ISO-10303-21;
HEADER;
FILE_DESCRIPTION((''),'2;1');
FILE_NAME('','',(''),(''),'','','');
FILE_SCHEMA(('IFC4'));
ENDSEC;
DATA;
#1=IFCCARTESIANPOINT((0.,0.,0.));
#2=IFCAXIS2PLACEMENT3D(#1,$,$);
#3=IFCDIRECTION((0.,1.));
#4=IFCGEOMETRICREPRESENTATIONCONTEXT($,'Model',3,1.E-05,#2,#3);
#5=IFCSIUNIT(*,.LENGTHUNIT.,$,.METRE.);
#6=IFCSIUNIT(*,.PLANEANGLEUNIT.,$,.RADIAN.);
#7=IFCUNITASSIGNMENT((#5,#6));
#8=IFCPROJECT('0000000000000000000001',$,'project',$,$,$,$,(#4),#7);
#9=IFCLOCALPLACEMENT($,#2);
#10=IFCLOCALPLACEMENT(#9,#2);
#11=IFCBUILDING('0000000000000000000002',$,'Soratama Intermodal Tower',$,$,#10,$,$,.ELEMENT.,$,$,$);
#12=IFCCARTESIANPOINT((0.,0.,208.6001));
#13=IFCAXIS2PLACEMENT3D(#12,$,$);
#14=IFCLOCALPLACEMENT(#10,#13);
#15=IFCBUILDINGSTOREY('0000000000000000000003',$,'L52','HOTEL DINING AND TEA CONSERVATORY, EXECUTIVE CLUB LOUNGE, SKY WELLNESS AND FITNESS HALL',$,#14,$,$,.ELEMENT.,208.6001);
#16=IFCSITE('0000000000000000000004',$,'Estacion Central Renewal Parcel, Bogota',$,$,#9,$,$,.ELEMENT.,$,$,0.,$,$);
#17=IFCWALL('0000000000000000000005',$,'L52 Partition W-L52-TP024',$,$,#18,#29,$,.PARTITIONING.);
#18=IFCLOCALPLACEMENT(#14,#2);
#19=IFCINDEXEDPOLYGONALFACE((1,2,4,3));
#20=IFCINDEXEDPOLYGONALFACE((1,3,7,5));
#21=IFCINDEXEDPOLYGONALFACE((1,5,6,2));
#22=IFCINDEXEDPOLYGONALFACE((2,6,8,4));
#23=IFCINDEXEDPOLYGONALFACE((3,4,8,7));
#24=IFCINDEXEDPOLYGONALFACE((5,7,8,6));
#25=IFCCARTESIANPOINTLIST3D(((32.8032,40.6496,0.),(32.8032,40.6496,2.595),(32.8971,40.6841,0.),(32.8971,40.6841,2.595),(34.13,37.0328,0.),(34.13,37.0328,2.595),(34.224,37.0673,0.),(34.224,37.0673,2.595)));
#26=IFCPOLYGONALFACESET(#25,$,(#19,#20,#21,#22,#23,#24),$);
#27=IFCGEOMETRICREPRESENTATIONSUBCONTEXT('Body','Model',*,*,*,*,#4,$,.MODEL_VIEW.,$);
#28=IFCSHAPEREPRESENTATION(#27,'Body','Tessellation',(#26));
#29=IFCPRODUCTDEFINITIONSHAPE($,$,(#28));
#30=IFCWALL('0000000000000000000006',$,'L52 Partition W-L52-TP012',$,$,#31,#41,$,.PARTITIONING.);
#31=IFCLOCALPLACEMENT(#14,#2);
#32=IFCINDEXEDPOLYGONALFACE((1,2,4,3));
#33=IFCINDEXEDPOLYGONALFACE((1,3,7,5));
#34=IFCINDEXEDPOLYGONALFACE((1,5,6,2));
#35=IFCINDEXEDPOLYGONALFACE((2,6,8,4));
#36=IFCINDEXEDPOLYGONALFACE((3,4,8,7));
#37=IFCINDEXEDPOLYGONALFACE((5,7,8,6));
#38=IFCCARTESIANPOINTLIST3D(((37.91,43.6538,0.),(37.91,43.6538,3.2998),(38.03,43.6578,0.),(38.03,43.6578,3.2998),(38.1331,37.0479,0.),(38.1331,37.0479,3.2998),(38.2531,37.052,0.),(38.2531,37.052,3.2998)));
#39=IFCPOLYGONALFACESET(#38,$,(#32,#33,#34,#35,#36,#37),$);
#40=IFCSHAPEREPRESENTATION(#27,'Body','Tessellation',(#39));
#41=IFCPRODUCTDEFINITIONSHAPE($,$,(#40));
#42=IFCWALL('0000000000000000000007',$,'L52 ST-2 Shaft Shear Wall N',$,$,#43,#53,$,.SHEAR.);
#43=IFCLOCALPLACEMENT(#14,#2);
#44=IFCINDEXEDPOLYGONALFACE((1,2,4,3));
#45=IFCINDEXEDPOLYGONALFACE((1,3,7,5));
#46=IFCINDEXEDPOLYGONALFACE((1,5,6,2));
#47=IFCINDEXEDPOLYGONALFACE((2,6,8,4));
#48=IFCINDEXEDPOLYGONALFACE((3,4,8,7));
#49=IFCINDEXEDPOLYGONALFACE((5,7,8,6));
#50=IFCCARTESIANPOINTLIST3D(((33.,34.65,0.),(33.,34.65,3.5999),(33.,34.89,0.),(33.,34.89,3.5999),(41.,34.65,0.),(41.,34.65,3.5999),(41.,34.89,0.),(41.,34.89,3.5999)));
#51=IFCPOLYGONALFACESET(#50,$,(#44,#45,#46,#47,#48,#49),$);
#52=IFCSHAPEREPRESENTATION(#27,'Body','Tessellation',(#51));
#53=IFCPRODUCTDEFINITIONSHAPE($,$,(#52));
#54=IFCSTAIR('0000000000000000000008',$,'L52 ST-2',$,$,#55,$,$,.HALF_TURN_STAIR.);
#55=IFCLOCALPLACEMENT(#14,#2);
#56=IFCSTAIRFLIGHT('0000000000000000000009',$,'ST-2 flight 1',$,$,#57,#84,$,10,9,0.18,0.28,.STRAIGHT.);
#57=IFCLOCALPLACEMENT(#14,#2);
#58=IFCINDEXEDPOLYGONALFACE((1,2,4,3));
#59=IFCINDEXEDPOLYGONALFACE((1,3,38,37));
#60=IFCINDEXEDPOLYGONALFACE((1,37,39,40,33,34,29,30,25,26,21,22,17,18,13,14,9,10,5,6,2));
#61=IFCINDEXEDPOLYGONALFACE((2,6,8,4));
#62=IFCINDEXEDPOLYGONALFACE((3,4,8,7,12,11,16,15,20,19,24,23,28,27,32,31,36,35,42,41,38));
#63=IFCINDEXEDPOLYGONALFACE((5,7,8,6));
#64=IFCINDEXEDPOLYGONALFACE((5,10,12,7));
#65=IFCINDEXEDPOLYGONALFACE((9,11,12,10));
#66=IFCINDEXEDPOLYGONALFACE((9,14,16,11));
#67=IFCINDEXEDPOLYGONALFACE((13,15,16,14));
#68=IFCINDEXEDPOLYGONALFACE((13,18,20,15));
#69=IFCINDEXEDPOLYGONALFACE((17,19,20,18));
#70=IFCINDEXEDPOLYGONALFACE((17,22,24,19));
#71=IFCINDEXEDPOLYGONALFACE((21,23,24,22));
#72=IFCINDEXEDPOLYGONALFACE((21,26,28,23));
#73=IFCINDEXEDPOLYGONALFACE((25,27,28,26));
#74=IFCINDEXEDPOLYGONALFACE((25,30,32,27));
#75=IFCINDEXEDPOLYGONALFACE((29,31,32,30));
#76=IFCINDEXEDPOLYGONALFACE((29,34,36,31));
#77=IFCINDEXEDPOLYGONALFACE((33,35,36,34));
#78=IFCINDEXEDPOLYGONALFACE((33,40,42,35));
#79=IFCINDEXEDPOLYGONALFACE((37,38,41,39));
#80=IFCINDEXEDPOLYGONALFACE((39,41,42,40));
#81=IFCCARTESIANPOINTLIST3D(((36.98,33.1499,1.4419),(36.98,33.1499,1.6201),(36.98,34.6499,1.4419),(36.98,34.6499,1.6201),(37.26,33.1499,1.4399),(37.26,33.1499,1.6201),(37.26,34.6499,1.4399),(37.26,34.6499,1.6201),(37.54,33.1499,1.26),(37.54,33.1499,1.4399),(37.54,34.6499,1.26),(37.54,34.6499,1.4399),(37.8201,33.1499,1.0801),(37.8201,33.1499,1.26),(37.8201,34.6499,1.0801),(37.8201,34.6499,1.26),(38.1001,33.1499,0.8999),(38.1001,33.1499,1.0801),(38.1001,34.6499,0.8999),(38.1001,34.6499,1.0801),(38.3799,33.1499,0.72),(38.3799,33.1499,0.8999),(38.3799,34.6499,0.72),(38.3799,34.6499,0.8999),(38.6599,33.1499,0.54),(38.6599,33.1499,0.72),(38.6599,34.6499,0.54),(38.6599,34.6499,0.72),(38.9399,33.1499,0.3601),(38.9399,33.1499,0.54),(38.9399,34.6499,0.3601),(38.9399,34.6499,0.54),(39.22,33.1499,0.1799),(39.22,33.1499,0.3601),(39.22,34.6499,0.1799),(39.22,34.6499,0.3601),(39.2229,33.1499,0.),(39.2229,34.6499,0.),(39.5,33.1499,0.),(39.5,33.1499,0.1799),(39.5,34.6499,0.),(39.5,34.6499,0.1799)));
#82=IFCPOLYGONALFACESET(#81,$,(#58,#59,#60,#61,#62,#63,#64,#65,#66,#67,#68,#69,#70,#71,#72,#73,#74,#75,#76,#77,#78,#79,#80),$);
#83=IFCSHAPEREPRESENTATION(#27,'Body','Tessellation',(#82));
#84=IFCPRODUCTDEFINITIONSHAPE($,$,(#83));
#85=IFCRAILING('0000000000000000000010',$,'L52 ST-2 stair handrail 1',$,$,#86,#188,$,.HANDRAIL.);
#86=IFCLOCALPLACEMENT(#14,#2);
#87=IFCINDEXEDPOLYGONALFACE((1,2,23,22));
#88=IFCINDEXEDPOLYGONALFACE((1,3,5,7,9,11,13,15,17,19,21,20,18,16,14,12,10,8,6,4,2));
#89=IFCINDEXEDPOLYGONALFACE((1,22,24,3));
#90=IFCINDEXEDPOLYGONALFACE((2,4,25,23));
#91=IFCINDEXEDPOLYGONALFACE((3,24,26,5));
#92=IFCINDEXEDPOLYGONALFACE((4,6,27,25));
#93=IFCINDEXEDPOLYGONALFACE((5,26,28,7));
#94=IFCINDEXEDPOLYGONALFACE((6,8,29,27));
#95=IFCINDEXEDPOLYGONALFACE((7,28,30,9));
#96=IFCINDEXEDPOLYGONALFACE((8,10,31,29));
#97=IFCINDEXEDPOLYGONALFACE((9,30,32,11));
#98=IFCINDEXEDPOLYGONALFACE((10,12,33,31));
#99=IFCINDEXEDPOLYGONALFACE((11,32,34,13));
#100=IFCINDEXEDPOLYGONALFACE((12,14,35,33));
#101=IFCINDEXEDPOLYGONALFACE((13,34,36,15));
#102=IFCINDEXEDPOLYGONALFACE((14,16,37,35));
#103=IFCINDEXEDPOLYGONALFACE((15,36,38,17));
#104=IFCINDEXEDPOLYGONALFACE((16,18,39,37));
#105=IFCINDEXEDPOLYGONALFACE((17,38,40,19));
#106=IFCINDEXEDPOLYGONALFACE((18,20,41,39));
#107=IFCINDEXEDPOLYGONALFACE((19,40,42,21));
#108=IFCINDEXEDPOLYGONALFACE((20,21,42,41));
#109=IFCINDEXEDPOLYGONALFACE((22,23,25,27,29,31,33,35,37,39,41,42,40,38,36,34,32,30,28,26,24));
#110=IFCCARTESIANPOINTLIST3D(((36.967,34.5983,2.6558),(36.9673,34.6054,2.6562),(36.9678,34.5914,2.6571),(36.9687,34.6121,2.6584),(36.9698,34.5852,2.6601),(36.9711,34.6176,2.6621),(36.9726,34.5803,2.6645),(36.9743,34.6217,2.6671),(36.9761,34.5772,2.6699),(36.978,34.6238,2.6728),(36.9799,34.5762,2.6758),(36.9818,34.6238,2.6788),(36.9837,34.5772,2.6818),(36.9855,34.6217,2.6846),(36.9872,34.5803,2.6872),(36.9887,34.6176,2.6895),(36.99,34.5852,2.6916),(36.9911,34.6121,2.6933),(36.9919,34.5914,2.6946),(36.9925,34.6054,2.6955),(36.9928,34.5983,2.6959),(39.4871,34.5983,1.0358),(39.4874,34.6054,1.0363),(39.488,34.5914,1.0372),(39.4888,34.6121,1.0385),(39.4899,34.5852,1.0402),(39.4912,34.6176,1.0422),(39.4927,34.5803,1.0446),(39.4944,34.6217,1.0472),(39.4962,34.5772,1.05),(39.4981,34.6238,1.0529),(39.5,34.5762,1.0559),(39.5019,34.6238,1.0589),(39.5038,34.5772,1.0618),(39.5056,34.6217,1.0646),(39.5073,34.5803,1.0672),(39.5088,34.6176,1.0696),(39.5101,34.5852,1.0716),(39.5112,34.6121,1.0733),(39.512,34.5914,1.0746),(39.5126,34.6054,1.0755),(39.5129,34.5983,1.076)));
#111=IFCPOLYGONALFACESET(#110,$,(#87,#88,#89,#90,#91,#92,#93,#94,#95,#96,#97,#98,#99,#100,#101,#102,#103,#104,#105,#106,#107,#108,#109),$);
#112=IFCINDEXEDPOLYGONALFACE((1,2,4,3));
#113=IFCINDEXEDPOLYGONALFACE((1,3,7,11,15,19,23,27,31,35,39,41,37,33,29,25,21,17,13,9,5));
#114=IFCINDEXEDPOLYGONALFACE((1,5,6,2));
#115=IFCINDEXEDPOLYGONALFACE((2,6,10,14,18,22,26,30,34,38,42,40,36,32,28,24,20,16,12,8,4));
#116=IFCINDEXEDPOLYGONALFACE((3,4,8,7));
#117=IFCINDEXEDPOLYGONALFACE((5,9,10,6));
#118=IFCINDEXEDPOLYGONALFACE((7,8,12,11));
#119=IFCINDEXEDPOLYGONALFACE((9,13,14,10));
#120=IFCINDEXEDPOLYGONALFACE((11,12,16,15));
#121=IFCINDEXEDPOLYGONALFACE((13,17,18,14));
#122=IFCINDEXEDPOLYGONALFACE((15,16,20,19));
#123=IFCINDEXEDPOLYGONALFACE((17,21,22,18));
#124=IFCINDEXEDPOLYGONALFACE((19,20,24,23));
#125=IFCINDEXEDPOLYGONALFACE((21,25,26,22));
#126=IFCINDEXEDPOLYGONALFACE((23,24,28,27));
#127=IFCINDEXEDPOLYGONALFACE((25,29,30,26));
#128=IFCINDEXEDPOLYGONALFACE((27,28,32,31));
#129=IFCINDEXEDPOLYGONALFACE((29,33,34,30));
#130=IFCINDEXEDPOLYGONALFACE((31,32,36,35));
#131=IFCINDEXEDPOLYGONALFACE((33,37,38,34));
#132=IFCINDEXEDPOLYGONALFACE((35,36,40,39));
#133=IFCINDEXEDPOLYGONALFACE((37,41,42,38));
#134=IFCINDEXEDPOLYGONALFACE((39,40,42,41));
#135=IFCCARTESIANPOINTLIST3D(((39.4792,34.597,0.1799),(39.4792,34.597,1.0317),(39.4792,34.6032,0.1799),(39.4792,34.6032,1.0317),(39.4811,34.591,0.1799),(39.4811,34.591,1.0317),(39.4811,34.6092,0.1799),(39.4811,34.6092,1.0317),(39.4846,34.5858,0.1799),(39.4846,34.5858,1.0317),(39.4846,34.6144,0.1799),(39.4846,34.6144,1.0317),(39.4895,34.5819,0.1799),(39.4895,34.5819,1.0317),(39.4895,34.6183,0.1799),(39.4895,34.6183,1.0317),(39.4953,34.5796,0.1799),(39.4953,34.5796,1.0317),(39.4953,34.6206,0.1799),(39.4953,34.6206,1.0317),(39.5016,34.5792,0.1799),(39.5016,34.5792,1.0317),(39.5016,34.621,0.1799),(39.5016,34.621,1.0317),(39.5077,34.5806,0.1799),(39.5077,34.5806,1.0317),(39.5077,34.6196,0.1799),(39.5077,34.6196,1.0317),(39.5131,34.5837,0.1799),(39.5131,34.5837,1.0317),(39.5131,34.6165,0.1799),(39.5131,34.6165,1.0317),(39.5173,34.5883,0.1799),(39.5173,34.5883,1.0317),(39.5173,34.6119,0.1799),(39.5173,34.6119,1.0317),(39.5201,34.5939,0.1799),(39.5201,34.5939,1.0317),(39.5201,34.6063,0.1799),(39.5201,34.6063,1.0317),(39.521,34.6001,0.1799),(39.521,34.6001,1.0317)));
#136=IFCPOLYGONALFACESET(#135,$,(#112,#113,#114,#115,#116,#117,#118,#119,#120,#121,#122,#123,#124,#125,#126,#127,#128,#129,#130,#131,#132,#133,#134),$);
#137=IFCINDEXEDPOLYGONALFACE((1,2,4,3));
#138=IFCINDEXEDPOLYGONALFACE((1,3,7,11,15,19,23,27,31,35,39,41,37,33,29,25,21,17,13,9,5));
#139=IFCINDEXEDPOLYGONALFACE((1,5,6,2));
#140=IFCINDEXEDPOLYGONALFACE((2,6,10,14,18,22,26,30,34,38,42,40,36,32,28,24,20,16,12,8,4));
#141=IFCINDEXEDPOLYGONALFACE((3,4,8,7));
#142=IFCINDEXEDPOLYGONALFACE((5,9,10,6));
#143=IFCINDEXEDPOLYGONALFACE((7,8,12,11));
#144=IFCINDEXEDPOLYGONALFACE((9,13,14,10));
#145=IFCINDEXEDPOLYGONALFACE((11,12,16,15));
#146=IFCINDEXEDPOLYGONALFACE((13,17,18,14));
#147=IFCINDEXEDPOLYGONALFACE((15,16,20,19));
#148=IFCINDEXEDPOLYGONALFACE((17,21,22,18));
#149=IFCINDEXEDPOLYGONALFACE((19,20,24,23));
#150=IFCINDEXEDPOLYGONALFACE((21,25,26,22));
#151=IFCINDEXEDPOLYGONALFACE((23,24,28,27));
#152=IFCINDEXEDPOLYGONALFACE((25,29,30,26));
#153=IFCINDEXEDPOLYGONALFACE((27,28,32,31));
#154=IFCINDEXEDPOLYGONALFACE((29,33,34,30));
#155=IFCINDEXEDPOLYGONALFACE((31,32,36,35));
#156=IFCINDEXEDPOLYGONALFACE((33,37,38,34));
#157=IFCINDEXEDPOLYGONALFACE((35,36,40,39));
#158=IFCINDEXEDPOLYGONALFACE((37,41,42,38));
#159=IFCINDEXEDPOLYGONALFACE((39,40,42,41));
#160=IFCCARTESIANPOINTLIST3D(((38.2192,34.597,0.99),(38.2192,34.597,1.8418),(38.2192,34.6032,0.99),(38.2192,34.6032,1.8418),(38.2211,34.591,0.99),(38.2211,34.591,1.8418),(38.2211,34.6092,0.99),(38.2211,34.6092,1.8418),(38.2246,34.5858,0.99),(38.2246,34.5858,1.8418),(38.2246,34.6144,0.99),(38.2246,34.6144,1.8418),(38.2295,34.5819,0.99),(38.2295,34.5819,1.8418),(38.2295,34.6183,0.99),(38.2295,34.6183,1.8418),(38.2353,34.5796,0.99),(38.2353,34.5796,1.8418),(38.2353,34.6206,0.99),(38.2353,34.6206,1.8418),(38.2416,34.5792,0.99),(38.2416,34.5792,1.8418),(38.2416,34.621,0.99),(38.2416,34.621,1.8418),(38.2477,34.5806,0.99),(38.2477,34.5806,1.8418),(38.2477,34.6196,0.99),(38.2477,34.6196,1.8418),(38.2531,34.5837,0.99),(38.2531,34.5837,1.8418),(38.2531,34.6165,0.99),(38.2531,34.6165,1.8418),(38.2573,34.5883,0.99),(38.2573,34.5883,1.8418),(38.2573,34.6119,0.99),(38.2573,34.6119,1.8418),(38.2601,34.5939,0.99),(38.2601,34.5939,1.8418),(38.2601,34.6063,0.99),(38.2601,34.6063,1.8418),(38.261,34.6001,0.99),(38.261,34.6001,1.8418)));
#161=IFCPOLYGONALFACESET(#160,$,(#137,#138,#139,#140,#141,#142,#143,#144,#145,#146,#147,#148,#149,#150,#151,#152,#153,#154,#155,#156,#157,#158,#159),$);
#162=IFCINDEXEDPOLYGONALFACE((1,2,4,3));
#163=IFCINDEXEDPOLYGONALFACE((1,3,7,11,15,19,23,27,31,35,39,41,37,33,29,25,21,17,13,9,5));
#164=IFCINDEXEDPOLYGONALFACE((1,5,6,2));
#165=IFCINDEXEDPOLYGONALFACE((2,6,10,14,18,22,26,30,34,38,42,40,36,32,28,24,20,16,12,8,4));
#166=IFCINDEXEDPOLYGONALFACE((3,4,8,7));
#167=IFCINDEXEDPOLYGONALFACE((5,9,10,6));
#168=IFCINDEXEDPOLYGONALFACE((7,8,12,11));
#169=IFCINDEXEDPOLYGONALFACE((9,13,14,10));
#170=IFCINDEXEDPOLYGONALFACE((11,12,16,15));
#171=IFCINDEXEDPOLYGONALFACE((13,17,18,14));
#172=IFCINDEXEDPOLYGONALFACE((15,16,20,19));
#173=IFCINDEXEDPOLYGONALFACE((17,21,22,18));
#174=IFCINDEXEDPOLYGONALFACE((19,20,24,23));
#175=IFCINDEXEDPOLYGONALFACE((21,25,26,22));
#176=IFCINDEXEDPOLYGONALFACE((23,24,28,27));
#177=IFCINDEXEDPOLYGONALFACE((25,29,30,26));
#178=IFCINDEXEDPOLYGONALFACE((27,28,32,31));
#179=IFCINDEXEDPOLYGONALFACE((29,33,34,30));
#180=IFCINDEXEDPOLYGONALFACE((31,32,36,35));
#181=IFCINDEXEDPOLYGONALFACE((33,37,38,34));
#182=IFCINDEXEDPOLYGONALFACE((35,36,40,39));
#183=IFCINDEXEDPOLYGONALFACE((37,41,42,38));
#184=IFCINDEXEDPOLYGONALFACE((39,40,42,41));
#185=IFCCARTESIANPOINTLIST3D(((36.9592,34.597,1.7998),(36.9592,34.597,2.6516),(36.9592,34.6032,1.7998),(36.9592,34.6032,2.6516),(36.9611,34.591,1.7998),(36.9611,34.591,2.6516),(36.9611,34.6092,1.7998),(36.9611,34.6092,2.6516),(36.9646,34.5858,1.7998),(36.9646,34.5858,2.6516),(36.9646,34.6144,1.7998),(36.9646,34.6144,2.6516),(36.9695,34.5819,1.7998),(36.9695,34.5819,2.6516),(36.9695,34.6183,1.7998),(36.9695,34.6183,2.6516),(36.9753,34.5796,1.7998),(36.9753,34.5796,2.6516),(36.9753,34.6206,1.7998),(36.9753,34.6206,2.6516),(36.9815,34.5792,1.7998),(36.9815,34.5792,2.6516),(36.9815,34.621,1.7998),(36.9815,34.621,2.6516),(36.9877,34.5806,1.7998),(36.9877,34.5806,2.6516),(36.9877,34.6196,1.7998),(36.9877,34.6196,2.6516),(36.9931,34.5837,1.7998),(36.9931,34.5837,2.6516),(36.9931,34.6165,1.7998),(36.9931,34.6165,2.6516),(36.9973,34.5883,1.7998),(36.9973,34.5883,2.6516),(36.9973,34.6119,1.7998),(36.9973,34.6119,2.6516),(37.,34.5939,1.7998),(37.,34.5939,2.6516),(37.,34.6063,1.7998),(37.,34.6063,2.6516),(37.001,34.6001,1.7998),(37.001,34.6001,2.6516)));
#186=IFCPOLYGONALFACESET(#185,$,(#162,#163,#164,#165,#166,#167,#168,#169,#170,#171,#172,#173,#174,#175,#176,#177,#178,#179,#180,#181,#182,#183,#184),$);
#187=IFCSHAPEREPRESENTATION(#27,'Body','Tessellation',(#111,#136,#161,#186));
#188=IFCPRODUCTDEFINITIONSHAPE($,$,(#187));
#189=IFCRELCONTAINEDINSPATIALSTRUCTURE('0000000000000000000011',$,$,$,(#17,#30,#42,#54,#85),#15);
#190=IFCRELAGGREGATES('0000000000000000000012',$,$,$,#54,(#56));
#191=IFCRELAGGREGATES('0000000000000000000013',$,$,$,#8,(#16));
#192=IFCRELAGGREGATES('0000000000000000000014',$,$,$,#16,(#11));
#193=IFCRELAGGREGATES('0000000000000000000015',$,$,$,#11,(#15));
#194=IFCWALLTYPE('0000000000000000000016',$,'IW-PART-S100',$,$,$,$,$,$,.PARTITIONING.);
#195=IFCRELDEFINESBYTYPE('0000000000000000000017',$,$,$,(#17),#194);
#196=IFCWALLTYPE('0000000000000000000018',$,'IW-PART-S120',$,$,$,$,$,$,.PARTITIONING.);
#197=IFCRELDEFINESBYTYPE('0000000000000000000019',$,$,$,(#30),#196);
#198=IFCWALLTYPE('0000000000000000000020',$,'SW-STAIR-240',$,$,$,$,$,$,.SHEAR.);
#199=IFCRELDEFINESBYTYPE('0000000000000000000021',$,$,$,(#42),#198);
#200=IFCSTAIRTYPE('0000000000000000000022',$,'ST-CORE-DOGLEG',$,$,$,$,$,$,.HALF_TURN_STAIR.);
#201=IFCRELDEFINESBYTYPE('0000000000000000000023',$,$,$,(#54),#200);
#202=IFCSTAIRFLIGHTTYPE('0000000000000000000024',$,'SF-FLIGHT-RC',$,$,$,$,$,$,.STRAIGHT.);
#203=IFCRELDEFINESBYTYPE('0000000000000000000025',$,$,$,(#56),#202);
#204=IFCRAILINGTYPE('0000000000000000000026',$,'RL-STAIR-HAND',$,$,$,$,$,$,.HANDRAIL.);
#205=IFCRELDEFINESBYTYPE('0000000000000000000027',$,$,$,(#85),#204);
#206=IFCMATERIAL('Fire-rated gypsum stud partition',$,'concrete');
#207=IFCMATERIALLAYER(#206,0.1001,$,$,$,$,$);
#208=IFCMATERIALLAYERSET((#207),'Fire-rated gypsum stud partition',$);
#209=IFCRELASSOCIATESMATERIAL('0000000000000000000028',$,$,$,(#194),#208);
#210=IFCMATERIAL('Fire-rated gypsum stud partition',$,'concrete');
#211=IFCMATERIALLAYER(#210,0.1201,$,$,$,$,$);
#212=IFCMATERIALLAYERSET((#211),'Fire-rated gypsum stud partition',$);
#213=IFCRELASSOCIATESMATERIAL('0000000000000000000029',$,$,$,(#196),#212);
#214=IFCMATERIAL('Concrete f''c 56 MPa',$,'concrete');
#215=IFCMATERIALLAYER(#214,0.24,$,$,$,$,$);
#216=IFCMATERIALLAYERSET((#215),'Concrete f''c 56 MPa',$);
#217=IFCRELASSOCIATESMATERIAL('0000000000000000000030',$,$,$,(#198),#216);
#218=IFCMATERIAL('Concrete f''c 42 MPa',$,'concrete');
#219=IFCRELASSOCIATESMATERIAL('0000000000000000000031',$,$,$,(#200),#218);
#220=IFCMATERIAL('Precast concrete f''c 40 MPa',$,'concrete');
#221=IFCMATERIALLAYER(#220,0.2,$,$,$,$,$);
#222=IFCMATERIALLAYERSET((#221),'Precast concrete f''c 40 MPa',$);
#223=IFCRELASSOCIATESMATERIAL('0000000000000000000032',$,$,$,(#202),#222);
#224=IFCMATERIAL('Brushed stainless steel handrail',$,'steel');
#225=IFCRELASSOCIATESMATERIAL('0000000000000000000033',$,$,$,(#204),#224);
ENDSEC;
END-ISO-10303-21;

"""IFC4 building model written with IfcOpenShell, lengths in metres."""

from ifc_helpers import new_model, si_unit, direction, frame, frame_2d, origin, origin_2d, place, context, subcontext, project, spatial, polyline, rectangle, circle, outline, extrude, material, layer, layer_set, type_object, element, aggregate, save


model = new_model("IFC4")

# Units and contexts
model_context = context("Model", 3, precision=1e-05, world=origin(), true_north=direction((0.0, 1.0)))
body_context = subcontext(model_context, "Body", "Model", "MODEL_VIEW")
ifc_project = project(units=[si_unit("LENGTHUNIT", "METRE"), si_unit("PLANEANGLEUNIT", "RADIAN")], contexts=[model_context])

# Site, building, storey
site_placement = place(None, origin())
site = spatial("IfcSite", under=ifc_project, at=site_placement, Name="Estacion Central Renewal Parcel, Bogota", CompositionType="ELEMENT", RefElevation=0.0)
building_placement = place(site_placement, origin())
building = spatial("IfcBuilding", under=site, at=building_placement, Name="Soratama Intermodal Tower", CompositionType="ELEMENT")
storey_placement = place(building_placement, frame((0.0, 0.0, 208.6001)))
storey = spatial("IfcBuildingStorey", under=building, at=storey_placement, Name="L52", Description="HOTEL DINING AND TEA CONSERVATORY, EXECUTIVE CLUB LOUNGE, SKY WELLNESS AND FITNESS HALL", CompositionType="ELEMENT", Elevation=208.6001)

# Walls
ifc_material_1 = material(Name="Fire-rated gypsum stud partition", Category="concrete")
ifc_layer_1 = layer(ifc_material_1, 0.1001)
ifc_layer_set_1 = layer_set([ifc_layer_1], Name="Fire-rated gypsum stud partition")
wall_type_1 = type_object("IfcWallType", Name="IW-PART-S100", PredefinedType="PARTITIONING", material=ifc_layer_set_1)
wall_1_placement = place(storey_placement, frame((34.177, 37.05, 0.0), z_axis=(0.0, 0.0, 1.0), x_axis=(-0.344413, 0.938818, 0.0)))
element("IfcWall", 1, at=wall_1_placement, inside=storey, type_object=wall_type_1, Name="L52 Partition W-L52-TP024", PredefinedType="PARTITIONING", context=body_context, shape_type="SweptSolid", body=[
    extrude(rectangle(XDim=3.8525, YDim=0.1001, at=frame_2d((1.9263, 0.0))), origin(), (0.0, 0.0, 1.0), 2.595),
])
ifc_material_2 = material(Name="Fire-rated gypsum stud partition", Category="concrete")
ifc_layer_2 = layer(ifc_material_2, 0.1201)
ifc_layer_set_2 = layer_set([ifc_layer_2], Name="Fire-rated gypsum stud partition")
wall_type_2 = type_object("IfcWallType", Name="IW-PART-S120", PredefinedType="PARTITIONING", material=ifc_layer_set_2)
wall_2_placement = place(storey_placement, frame((38.1931, 37.05, 0.0), z_axis=(0.0, 0.0, 1.0), x_axis=(-0.03376, 0.99943, 0.0)))
element("IfcWall", 2, at=wall_2_placement, inside=storey, type_object=wall_type_2, Name="L52 Partition W-L52-TP012", PredefinedType="PARTITIONING", context=body_context, shape_type="SweptSolid", body=[
    extrude(rectangle(XDim=6.6096, YDim=0.1201, at=frame_2d((3.3047, 0.0))), origin(), (0.0, 0.0, 1.0), 3.2998),
])
ifc_material_3 = material(Name="Concrete f'c 56 MPa", Category="concrete")
ifc_layer_3 = layer(ifc_material_3, 0.24)
ifc_layer_set_3 = layer_set([ifc_layer_3], Name="Concrete f'c 56 MPa")
wall_type_3 = type_object("IfcWallType", Name="SW-STAIR-240", PredefinedType="SHEAR", material=ifc_layer_set_3)
wall_3_placement = place(storey_placement, frame((33.0, 34.77, 0.0), z_axis=(0.0, 0.0, 1.0), x_axis=(1.0, 0.0, 0.0)))
element("IfcWall", 3, at=wall_3_placement, inside=storey, type_object=wall_type_3, Name="L52 ST-2 Shaft Shear Wall N", PredefinedType="SHEAR", context=body_context, shape_type="SweptSolid", body=[
    extrude(rectangle(XDim=8.0, YDim=0.24, at=frame_2d((4.0, 0.0))), origin(), (0.0, 0.0, 1.0), 3.5999),
])

# Stair, stair flight
ifc_material_4 = material(Name="Concrete f'c 42 MPa", Category="concrete")
stair_type = type_object("IfcStairType", Name="ST-CORE-DOGLEG", PredefinedType="HALF_TURN_STAIR", material=ifc_material_4)
stair_placement = place(storey_placement, origin())
stair = element("IfcStair", 4, at=stair_placement, inside=storey, type_object=stair_type, Name="L52 ST-2", PredefinedType="HALF_TURN_STAIR")
ifc_material_5 = material(Name="Precast concrete f'c 40 MPa", Category="concrete")
ifc_layer_4 = layer(ifc_material_5, 0.2)
ifc_layer_set_4 = layer_set([ifc_layer_4], Name="Precast concrete f'c 40 MPa")
stair_flight_type = type_object("IfcStairFlightType", Name="SF-FLIGHT-RC", PredefinedType="STRAIGHT", material=ifc_layer_set_4)
stair_flight_placement = place(storey_placement, frame((39.5, 33.8999, 0.0), z_axis=(0.0, 0.0, 1.0), x_axis=(-1.0, 0.0, 0.0)))
stair_flight = element("IfcStairFlight", 5, at=stair_flight_placement, type_object=stair_flight_type, Name="ST-2 flight 1", NumberOfRisers=10, NumberOfTreads=9, PredefinedType="STRAIGHT", RiserHeight=0.18, TreadLength=0.28, context=body_context, shape_type="SweptSolid", body=[
    extrude(outline(polyline([(0.0, 0.0), (0.0, 0.1799), (0.28, 0.1799), (0.28, 0.3601), (0.5601, 0.3601), (0.5601, 0.54), (0.8401, 0.54), (0.8401, 0.72), (1.1201, 0.72), (1.1201, 0.8999), (1.3999, 0.8999), (1.3999, 1.0801), (1.6799, 1.0801), (1.6799, 1.26), (1.96, 1.26), (1.96, 1.4399), (2.24, 1.4399), (2.24, 1.6201), (2.52, 1.6201), (2.52, 1.8), (2.52, 1.4419), (0.2771, 0.0), (0.0, 0.0)])), frame((0.0, 0.75, 0.0), z_axis=(0.0, -1.0, 0.0), x_axis=(1.0, 0.0, 0.0)), (0.0, 0.0, 1.0), 1.5),
])
aggregate(stair, [stair_flight])

# Railing
ifc_material_6 = material(Name="Brushed stainless steel handrail", Category="steel")
railing_type_1 = type_object("IfcRailingType", Name="RL-STAIR-HAND", PredefinedType="HANDRAIL", material=ifc_material_6)
railing_1_placement = place(storey_placement, frame((39.5, 34.6001, 0.1799)))
element("IfcRailing", 6, at=railing_1_placement, inside=storey, type_object=railing_type_1, Name="L52 ST-2 stair handrail 1", PredefinedType="HANDRAIL", context=body_context, shape_type="SweptSolid", body=[
    extrude(circle(Radius=0.0239, at=origin_2d()), frame((0.0, 0.0, 0.876), z_axis=(-0.8412, 0.0, 0.540725), x_axis=(0.0, -1.0, 0.0)), (0.0, 0.0, 1.0), 2.9958),
    extrude(circle(Radius=0.021, at=origin_2d()), origin(), (0.0, 0.0, 1.0), 0.8518),
    extrude(circle(Radius=0.021, at=origin_2d()), frame((-1.26, 0.0, 0.8101)), (0.0, 0.0, 1.0), 0.8518),
    extrude(circle(Radius=0.021, at=origin_2d()), frame((-2.52, 0.0, 1.6199)), (0.0, 0.0, 1.0), 0.8518),
])

save(model, "model.ifc")
